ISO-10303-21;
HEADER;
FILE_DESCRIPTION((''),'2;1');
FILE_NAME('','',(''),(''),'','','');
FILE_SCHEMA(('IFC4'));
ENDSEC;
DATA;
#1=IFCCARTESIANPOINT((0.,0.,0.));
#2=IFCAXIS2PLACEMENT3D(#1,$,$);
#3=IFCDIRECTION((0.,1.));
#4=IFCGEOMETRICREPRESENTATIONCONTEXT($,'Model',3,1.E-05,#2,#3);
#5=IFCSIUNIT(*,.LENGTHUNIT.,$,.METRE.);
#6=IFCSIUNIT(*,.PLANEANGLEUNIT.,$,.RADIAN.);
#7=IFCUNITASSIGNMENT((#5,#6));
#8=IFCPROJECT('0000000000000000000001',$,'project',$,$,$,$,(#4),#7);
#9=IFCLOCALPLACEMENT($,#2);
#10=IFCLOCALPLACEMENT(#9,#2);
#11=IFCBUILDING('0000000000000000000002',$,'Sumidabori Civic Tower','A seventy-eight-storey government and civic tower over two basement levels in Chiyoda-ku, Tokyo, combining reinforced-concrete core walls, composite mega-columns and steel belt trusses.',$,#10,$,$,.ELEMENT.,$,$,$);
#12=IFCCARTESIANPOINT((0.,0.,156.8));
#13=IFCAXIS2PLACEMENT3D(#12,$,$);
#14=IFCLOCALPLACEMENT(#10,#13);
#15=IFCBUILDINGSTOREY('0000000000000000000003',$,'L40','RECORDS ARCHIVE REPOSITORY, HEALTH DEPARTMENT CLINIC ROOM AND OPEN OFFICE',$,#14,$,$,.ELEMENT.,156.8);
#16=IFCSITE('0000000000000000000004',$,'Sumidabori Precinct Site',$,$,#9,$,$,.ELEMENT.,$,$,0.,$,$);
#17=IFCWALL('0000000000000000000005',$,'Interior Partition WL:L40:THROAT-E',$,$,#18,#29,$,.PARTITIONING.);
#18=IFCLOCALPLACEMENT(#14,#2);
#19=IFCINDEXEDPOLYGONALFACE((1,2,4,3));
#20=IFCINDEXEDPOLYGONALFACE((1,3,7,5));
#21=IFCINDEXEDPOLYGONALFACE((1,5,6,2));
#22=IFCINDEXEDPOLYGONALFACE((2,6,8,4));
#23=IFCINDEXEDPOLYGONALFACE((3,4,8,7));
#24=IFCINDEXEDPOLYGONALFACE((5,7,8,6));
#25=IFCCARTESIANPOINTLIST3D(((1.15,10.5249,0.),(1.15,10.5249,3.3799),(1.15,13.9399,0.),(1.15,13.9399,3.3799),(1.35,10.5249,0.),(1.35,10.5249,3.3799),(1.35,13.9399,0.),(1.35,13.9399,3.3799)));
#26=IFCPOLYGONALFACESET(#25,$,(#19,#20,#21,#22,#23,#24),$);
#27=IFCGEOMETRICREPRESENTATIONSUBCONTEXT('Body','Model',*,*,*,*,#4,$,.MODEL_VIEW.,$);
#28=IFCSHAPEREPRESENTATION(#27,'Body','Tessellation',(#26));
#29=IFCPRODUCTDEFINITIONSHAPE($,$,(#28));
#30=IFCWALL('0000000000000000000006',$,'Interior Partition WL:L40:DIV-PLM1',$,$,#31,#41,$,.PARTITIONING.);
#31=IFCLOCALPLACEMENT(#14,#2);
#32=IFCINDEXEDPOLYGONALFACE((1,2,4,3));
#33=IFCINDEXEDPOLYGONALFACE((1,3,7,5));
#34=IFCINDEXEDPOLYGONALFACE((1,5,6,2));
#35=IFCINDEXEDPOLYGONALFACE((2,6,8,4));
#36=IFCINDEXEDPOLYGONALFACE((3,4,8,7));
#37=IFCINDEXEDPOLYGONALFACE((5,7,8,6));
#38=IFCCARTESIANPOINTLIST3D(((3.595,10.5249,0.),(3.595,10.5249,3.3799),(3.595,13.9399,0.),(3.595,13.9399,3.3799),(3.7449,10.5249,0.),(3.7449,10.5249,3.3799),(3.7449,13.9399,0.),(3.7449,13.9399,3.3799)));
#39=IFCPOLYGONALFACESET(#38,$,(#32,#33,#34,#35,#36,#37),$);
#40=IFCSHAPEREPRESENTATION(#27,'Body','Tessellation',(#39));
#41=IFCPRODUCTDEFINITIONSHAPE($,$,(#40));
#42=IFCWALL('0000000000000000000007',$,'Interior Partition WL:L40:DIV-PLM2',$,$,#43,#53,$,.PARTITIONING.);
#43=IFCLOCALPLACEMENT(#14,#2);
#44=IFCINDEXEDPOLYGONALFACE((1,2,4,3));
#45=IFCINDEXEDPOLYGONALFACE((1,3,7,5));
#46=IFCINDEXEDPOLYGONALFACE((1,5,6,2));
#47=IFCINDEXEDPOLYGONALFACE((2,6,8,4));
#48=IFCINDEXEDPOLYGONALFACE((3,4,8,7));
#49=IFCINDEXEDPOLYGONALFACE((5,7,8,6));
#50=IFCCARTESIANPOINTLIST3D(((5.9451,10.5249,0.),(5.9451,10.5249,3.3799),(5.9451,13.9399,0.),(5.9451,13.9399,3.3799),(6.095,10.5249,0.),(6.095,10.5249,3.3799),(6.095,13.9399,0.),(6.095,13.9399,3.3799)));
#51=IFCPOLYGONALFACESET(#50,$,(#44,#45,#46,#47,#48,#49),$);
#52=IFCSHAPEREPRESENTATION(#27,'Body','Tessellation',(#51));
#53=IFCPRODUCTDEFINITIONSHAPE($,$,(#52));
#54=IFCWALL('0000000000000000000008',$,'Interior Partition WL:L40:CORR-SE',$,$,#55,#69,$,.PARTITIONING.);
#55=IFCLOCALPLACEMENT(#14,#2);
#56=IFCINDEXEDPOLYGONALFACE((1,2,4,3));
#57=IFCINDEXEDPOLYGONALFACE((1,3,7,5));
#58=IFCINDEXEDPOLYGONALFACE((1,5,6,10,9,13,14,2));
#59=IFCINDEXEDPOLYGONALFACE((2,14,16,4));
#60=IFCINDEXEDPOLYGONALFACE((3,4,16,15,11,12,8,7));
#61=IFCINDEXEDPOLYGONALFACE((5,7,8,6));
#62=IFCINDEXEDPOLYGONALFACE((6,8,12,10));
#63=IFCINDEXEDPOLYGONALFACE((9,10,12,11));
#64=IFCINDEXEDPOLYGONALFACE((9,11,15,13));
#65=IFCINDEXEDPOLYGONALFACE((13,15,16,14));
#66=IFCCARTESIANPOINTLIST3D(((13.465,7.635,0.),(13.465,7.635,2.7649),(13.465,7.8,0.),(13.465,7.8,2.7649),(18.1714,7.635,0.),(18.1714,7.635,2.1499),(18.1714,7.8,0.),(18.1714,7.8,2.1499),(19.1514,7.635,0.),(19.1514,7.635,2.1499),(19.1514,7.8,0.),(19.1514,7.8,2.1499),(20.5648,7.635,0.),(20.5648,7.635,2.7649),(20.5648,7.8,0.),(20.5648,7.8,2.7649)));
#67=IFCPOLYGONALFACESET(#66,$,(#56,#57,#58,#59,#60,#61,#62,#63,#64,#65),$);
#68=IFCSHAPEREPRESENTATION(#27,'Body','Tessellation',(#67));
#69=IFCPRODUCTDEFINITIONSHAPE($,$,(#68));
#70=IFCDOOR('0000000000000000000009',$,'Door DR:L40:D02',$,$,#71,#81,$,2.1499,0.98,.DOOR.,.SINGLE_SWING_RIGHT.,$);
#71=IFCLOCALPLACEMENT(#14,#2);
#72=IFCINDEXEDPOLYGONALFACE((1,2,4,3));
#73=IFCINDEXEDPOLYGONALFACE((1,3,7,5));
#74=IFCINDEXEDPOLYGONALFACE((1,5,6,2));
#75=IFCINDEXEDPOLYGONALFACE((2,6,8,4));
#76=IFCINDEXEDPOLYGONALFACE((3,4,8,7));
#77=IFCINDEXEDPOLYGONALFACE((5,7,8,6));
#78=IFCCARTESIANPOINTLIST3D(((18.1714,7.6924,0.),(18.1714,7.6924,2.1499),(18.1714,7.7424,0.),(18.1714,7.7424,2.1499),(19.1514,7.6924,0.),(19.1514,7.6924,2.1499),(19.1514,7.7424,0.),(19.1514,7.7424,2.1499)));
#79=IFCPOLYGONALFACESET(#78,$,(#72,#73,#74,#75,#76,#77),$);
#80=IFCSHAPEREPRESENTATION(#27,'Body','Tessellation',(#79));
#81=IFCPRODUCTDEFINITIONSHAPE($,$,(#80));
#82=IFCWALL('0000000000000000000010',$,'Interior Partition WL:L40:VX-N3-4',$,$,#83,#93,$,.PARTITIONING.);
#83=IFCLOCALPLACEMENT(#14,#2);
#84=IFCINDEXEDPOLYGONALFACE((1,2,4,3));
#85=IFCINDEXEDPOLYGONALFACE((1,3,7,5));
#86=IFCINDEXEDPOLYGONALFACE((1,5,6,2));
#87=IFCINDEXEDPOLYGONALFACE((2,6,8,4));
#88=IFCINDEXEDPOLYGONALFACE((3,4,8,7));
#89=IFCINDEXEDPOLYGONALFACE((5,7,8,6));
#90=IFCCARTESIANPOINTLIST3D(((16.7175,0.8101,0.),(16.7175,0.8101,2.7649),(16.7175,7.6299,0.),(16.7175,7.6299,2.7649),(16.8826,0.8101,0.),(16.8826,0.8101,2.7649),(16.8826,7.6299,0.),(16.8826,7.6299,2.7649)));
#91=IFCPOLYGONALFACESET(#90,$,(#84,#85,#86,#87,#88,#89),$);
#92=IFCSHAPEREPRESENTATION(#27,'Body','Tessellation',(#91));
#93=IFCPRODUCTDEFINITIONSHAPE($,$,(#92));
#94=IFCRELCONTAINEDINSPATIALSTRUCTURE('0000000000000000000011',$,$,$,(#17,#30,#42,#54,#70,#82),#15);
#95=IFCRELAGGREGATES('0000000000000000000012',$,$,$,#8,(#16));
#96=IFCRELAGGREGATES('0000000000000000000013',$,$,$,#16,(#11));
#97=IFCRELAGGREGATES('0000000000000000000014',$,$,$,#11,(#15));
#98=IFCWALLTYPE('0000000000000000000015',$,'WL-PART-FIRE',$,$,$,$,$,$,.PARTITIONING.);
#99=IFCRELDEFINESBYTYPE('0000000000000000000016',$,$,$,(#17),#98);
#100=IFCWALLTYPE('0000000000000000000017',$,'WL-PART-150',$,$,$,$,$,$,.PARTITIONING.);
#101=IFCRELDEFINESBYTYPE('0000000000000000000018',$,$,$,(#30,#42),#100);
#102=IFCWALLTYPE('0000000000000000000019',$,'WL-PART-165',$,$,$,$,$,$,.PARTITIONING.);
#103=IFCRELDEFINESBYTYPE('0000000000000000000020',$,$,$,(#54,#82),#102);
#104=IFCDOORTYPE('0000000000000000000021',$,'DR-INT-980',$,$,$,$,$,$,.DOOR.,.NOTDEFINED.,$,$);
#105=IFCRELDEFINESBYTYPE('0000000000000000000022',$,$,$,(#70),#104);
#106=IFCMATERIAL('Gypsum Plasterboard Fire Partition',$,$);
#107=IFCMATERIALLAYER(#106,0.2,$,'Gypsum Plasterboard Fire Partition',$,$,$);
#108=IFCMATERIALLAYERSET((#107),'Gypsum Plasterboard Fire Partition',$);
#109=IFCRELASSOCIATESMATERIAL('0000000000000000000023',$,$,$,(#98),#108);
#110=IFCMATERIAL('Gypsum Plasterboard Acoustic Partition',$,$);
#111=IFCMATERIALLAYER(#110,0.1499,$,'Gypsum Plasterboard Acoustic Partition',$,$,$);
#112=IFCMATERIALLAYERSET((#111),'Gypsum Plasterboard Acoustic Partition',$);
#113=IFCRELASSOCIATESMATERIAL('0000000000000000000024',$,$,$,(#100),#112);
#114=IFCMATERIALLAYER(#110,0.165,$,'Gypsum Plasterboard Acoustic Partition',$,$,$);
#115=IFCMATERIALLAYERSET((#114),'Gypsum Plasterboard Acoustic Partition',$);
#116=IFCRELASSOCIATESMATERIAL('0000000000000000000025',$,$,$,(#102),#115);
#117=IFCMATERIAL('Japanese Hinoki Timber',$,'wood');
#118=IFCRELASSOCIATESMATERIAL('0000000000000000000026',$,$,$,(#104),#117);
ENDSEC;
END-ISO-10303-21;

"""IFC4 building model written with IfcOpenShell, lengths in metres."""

from ifc_helpers import new_model, si_unit, direction, frame, frame_2d, origin, place, context, subcontext, project, spatial, rectangle, extrude, source, transform, mapped, material, layer, layer_set, type_object, element, fill, save


model = new_model("IFC4")

# Units and contexts
model_context = context("Model", 3, precision=1e-05, world=origin(), true_north=direction((0.0, 1.0)))
body_context = subcontext(model_context, "Body", "Model", "MODEL_VIEW")
ifc_project = project(units=[si_unit("LENGTHUNIT", "METRE"), si_unit("PLANEANGLEUNIT", "RADIAN")], contexts=[model_context])

# Site, building, storey
site_placement = place(None, origin())
site = spatial("IfcSite", under=ifc_project, at=site_placement, Name="Sumidabori Precinct Site", CompositionType="ELEMENT", RefElevation=0.0)
building_placement = place(site_placement, origin())
building = spatial("IfcBuilding", under=site, at=building_placement, Name="Sumidabori Civic Tower", Description="A seventy-eight-storey government and civic tower over two basement levels in Chiyoda-ku, Tokyo, combining reinforced-concrete core walls, composite mega-columns and steel belt trusses.", CompositionType="ELEMENT")
storey_placement = place(building_placement, frame((0.0, 0.0, 156.8)))
storey = spatial("IfcBuildingStorey", under=building, at=storey_placement, Name="L40", Description="RECORDS ARCHIVE REPOSITORY, HEALTH DEPARTMENT CLINIC ROOM AND OPEN OFFICE", CompositionType="ELEMENT", Elevation=156.8)

# Shared definitions
ifc_material_1 = material(Name="Japanese Hinoki Timber", Category="wood")

# Shared definitions
ifc_material_2 = material(Name="Gypsum Plasterboard Fire Partition")
ifc_layer_1 = layer(ifc_material_2, 0.2, Name="Gypsum Plasterboard Fire Partition")
ifc_layer_set_1 = layer_set([ifc_layer_1], Name="Gypsum Plasterboard Fire Partition")
wall_type_1 = type_object("IfcWallType", Name="WL-PART-FIRE", PredefinedType="PARTITIONING", material=ifc_layer_set_1)

# Walls
shared_shape_1 = source(origin(), body_context, "Body", "SweptSolid", [
    extrude(rectangle(XDim=3.415, YDim=0.2, at=frame_2d((1.7075, 0.0))), origin(), (0.0, 0.0, 1.0), 3.3799),
])
wall_1_placement = place(storey_placement, frame((1.25, 10.5249, 0.0), z_axis=(0.0, 0.0, 1.0), x_axis=(0.0, 1.0, 0.0)))
element("IfcWall", 1, at=wall_1_placement, inside=storey, type_object=wall_type_1, Name="Interior Partition WL:L40:THROAT-E", PredefinedType="PARTITIONING", context=body_context, shape_type="MappedRepresentation", body=[
    mapped(shared_shape_1, transform((0.0, 0.0, 0.0), x_axis=(1.0, 0.0, 0.0), y_axis=(0.0, 1.0, 0.0), z_axis=(0.0, 0.0, 1.0), scale=1.0)),
])
ifc_material_3 = material(Name="Gypsum Plasterboard Acoustic Partition")
ifc_layer_2 = layer(ifc_material_3, 0.1499, Name="Gypsum Plasterboard Acoustic Partition")
ifc_layer_set_2 = layer_set([ifc_layer_2], Name="Gypsum Plasterboard Acoustic Partition")
wall_type_2 = type_object("IfcWallType", Name="WL-PART-150", PredefinedType="PARTITIONING", material=ifc_layer_set_2)
shared_shape_2 = source(origin(), body_context, "Body", "SweptSolid", [
    extrude(rectangle(XDim=3.415, YDim=0.1499, at=frame_2d((1.7075, 0.0))), origin(), (0.0, 0.0, 1.0), 3.3799),
])
for number, where, z_axis, x_axis, name in (
    (2, (3.6699, 10.5249, 0.0), (0.0, 0.0, 1.0), (0.0, 1.0, 0.0), "Interior Partition WL:L40:DIV-PLM1"),
    (3, (6.02, 10.5249, 0.0), (0.0, 0.0, 1.0), (0.0, 1.0, 0.0), "Interior Partition WL:L40:DIV-PLM2"),
):
    element("IfcWall", number, at=place(storey_placement, frame(where, z_axis=z_axis, x_axis=x_axis)), inside=storey, type_object=wall_type_2, Name=name, PredefinedType="PARTITIONING", context=body_context, shape_type="MappedRepresentation", body=[
        mapped(shared_shape_2, transform((0.0, 0.0, 0.0), x_axis=(1.0, 0.0, 0.0), y_axis=(0.0, 1.0, 0.0), z_axis=(0.0, 0.0, 1.0), scale=1.0)),
    ])

# Wall, opening, door
ifc_layer_3 = layer(ifc_material_3, 0.165, Name="Gypsum Plasterboard Acoustic Partition")
ifc_layer_set_3 = layer_set([ifc_layer_3], Name="Gypsum Plasterboard Acoustic Partition")
wall_type_3 = type_object("IfcWallType", Name="WL-PART-165", PredefinedType="PARTITIONING", material=ifc_layer_set_3)
shared_shape_3 = source(origin(), body_context, "Body", "SweptSolid", [
    extrude(rectangle(XDim=7.0999, YDim=0.165, at=frame_2d((3.5498, 0.0))), origin(), (0.0, 0.0, 1.0), 2.7649),
])
wall_2_placement = place(storey_placement, frame((13.4651, 7.7175, 0.0), z_axis=(0.0, 0.0, 1.0), x_axis=(1.0, 0.0, 0.0)))
wall_2 = element("IfcWall", 4, at=wall_2_placement, inside=storey, type_object=wall_type_3, Name="Interior Partition WL:L40:CORR-SE", PredefinedType="PARTITIONING", context=body_context, shape_type="MappedRepresentation", body=[
    mapped(shared_shape_3, transform((0.0, 0.0, 0.0), x_axis=(1.0, 0.0, 0.0), y_axis=(0.0, 1.0, 0.0), z_axis=(0.0, 0.0, 1.0), scale=1.0)),
])
opening_1_placement = place(wall_2_placement, frame((4.7063, 0.0, 0.0)))
opening_1 = element("IfcOpeningElement", 5, at=opening_1_placement, cuts=wall_2, PredefinedType="OPENING", context=body_context, shape_type="SweptSolid", body=[
    extrude(rectangle(XDim=0.98, YDim=2.1499, at=frame_2d((0.49, 1.075))), frame((0.0, 0.0945, 0.0), z_axis=(0.0, -1.0, 0.0), x_axis=(1.0, 0.0, 0.0)), (0.0, 0.0, 1.0), 0.189),
])
door_type_1 = type_object("IfcDoorType", Name="DR-INT-980", OperationType="NOTDEFINED", PredefinedType="DOOR", material=ifc_material_1)
shared_shape_4 = source(origin(), body_context, "Body", "SweptSolid", [
    extrude(rectangle(XDim=0.98, YDim=2.1499, at=frame_2d((0.49, 1.075))), frame((0.0, 0.0249, 0.0), z_axis=(0.0, -1.0, 0.0), x_axis=(1.0, 0.0, 0.0)), (0.0, 0.0, 1.0), 0.05),
])
door_1_placement = place(opening_1_placement, origin())
door_1 = element("IfcDoor", 6, at=door_1_placement, inside=storey, type_object=door_type_1, Name="Door DR:L40:D02", OperationType="SINGLE_SWING_RIGHT", OverallHeight=2.1499, OverallWidth=0.98, PredefinedType="DOOR", context=body_context, shape_type="MappedRepresentation", body=[
    mapped(shared_shape_4, transform((0.0, 0.0, 0.0), x_axis=(1.0, 0.0, 0.0), y_axis=(0.0, 1.0, 0.0), z_axis=(0.0, 0.0, 1.0), scale=1.0)),
])
fill(opening_1, door_1)

# Wall
shared_shape_5 = source(origin(), body_context, "Body", "SweptSolid", [
    extrude(rectangle(XDim=6.8198, YDim=0.165, at=frame_2d((3.4099, 0.0))), origin(), (0.0, 0.0, 1.0), 2.7649),
])
wall_3_placement = place(storey_placement, frame((16.8, 0.8101, 0.0), z_axis=(0.0, 0.0, 1.0), x_axis=(0.0, 1.0, 0.0)))
element("IfcWall", 7, at=wall_3_placement, inside=storey, type_object=wall_type_3, Name="Interior Partition WL:L40:VX-N3-4", PredefinedType="PARTITIONING", context=body_context, shape_type="MappedRepresentation", body=[
    mapped(shared_shape_5, transform((0.0, 0.0, 0.0), x_axis=(1.0, 0.0, 0.0), y_axis=(0.0, 1.0, 0.0), z_axis=(0.0, 0.0, 1.0), scale=1.0)),
])

save(model, "model.ifc")
